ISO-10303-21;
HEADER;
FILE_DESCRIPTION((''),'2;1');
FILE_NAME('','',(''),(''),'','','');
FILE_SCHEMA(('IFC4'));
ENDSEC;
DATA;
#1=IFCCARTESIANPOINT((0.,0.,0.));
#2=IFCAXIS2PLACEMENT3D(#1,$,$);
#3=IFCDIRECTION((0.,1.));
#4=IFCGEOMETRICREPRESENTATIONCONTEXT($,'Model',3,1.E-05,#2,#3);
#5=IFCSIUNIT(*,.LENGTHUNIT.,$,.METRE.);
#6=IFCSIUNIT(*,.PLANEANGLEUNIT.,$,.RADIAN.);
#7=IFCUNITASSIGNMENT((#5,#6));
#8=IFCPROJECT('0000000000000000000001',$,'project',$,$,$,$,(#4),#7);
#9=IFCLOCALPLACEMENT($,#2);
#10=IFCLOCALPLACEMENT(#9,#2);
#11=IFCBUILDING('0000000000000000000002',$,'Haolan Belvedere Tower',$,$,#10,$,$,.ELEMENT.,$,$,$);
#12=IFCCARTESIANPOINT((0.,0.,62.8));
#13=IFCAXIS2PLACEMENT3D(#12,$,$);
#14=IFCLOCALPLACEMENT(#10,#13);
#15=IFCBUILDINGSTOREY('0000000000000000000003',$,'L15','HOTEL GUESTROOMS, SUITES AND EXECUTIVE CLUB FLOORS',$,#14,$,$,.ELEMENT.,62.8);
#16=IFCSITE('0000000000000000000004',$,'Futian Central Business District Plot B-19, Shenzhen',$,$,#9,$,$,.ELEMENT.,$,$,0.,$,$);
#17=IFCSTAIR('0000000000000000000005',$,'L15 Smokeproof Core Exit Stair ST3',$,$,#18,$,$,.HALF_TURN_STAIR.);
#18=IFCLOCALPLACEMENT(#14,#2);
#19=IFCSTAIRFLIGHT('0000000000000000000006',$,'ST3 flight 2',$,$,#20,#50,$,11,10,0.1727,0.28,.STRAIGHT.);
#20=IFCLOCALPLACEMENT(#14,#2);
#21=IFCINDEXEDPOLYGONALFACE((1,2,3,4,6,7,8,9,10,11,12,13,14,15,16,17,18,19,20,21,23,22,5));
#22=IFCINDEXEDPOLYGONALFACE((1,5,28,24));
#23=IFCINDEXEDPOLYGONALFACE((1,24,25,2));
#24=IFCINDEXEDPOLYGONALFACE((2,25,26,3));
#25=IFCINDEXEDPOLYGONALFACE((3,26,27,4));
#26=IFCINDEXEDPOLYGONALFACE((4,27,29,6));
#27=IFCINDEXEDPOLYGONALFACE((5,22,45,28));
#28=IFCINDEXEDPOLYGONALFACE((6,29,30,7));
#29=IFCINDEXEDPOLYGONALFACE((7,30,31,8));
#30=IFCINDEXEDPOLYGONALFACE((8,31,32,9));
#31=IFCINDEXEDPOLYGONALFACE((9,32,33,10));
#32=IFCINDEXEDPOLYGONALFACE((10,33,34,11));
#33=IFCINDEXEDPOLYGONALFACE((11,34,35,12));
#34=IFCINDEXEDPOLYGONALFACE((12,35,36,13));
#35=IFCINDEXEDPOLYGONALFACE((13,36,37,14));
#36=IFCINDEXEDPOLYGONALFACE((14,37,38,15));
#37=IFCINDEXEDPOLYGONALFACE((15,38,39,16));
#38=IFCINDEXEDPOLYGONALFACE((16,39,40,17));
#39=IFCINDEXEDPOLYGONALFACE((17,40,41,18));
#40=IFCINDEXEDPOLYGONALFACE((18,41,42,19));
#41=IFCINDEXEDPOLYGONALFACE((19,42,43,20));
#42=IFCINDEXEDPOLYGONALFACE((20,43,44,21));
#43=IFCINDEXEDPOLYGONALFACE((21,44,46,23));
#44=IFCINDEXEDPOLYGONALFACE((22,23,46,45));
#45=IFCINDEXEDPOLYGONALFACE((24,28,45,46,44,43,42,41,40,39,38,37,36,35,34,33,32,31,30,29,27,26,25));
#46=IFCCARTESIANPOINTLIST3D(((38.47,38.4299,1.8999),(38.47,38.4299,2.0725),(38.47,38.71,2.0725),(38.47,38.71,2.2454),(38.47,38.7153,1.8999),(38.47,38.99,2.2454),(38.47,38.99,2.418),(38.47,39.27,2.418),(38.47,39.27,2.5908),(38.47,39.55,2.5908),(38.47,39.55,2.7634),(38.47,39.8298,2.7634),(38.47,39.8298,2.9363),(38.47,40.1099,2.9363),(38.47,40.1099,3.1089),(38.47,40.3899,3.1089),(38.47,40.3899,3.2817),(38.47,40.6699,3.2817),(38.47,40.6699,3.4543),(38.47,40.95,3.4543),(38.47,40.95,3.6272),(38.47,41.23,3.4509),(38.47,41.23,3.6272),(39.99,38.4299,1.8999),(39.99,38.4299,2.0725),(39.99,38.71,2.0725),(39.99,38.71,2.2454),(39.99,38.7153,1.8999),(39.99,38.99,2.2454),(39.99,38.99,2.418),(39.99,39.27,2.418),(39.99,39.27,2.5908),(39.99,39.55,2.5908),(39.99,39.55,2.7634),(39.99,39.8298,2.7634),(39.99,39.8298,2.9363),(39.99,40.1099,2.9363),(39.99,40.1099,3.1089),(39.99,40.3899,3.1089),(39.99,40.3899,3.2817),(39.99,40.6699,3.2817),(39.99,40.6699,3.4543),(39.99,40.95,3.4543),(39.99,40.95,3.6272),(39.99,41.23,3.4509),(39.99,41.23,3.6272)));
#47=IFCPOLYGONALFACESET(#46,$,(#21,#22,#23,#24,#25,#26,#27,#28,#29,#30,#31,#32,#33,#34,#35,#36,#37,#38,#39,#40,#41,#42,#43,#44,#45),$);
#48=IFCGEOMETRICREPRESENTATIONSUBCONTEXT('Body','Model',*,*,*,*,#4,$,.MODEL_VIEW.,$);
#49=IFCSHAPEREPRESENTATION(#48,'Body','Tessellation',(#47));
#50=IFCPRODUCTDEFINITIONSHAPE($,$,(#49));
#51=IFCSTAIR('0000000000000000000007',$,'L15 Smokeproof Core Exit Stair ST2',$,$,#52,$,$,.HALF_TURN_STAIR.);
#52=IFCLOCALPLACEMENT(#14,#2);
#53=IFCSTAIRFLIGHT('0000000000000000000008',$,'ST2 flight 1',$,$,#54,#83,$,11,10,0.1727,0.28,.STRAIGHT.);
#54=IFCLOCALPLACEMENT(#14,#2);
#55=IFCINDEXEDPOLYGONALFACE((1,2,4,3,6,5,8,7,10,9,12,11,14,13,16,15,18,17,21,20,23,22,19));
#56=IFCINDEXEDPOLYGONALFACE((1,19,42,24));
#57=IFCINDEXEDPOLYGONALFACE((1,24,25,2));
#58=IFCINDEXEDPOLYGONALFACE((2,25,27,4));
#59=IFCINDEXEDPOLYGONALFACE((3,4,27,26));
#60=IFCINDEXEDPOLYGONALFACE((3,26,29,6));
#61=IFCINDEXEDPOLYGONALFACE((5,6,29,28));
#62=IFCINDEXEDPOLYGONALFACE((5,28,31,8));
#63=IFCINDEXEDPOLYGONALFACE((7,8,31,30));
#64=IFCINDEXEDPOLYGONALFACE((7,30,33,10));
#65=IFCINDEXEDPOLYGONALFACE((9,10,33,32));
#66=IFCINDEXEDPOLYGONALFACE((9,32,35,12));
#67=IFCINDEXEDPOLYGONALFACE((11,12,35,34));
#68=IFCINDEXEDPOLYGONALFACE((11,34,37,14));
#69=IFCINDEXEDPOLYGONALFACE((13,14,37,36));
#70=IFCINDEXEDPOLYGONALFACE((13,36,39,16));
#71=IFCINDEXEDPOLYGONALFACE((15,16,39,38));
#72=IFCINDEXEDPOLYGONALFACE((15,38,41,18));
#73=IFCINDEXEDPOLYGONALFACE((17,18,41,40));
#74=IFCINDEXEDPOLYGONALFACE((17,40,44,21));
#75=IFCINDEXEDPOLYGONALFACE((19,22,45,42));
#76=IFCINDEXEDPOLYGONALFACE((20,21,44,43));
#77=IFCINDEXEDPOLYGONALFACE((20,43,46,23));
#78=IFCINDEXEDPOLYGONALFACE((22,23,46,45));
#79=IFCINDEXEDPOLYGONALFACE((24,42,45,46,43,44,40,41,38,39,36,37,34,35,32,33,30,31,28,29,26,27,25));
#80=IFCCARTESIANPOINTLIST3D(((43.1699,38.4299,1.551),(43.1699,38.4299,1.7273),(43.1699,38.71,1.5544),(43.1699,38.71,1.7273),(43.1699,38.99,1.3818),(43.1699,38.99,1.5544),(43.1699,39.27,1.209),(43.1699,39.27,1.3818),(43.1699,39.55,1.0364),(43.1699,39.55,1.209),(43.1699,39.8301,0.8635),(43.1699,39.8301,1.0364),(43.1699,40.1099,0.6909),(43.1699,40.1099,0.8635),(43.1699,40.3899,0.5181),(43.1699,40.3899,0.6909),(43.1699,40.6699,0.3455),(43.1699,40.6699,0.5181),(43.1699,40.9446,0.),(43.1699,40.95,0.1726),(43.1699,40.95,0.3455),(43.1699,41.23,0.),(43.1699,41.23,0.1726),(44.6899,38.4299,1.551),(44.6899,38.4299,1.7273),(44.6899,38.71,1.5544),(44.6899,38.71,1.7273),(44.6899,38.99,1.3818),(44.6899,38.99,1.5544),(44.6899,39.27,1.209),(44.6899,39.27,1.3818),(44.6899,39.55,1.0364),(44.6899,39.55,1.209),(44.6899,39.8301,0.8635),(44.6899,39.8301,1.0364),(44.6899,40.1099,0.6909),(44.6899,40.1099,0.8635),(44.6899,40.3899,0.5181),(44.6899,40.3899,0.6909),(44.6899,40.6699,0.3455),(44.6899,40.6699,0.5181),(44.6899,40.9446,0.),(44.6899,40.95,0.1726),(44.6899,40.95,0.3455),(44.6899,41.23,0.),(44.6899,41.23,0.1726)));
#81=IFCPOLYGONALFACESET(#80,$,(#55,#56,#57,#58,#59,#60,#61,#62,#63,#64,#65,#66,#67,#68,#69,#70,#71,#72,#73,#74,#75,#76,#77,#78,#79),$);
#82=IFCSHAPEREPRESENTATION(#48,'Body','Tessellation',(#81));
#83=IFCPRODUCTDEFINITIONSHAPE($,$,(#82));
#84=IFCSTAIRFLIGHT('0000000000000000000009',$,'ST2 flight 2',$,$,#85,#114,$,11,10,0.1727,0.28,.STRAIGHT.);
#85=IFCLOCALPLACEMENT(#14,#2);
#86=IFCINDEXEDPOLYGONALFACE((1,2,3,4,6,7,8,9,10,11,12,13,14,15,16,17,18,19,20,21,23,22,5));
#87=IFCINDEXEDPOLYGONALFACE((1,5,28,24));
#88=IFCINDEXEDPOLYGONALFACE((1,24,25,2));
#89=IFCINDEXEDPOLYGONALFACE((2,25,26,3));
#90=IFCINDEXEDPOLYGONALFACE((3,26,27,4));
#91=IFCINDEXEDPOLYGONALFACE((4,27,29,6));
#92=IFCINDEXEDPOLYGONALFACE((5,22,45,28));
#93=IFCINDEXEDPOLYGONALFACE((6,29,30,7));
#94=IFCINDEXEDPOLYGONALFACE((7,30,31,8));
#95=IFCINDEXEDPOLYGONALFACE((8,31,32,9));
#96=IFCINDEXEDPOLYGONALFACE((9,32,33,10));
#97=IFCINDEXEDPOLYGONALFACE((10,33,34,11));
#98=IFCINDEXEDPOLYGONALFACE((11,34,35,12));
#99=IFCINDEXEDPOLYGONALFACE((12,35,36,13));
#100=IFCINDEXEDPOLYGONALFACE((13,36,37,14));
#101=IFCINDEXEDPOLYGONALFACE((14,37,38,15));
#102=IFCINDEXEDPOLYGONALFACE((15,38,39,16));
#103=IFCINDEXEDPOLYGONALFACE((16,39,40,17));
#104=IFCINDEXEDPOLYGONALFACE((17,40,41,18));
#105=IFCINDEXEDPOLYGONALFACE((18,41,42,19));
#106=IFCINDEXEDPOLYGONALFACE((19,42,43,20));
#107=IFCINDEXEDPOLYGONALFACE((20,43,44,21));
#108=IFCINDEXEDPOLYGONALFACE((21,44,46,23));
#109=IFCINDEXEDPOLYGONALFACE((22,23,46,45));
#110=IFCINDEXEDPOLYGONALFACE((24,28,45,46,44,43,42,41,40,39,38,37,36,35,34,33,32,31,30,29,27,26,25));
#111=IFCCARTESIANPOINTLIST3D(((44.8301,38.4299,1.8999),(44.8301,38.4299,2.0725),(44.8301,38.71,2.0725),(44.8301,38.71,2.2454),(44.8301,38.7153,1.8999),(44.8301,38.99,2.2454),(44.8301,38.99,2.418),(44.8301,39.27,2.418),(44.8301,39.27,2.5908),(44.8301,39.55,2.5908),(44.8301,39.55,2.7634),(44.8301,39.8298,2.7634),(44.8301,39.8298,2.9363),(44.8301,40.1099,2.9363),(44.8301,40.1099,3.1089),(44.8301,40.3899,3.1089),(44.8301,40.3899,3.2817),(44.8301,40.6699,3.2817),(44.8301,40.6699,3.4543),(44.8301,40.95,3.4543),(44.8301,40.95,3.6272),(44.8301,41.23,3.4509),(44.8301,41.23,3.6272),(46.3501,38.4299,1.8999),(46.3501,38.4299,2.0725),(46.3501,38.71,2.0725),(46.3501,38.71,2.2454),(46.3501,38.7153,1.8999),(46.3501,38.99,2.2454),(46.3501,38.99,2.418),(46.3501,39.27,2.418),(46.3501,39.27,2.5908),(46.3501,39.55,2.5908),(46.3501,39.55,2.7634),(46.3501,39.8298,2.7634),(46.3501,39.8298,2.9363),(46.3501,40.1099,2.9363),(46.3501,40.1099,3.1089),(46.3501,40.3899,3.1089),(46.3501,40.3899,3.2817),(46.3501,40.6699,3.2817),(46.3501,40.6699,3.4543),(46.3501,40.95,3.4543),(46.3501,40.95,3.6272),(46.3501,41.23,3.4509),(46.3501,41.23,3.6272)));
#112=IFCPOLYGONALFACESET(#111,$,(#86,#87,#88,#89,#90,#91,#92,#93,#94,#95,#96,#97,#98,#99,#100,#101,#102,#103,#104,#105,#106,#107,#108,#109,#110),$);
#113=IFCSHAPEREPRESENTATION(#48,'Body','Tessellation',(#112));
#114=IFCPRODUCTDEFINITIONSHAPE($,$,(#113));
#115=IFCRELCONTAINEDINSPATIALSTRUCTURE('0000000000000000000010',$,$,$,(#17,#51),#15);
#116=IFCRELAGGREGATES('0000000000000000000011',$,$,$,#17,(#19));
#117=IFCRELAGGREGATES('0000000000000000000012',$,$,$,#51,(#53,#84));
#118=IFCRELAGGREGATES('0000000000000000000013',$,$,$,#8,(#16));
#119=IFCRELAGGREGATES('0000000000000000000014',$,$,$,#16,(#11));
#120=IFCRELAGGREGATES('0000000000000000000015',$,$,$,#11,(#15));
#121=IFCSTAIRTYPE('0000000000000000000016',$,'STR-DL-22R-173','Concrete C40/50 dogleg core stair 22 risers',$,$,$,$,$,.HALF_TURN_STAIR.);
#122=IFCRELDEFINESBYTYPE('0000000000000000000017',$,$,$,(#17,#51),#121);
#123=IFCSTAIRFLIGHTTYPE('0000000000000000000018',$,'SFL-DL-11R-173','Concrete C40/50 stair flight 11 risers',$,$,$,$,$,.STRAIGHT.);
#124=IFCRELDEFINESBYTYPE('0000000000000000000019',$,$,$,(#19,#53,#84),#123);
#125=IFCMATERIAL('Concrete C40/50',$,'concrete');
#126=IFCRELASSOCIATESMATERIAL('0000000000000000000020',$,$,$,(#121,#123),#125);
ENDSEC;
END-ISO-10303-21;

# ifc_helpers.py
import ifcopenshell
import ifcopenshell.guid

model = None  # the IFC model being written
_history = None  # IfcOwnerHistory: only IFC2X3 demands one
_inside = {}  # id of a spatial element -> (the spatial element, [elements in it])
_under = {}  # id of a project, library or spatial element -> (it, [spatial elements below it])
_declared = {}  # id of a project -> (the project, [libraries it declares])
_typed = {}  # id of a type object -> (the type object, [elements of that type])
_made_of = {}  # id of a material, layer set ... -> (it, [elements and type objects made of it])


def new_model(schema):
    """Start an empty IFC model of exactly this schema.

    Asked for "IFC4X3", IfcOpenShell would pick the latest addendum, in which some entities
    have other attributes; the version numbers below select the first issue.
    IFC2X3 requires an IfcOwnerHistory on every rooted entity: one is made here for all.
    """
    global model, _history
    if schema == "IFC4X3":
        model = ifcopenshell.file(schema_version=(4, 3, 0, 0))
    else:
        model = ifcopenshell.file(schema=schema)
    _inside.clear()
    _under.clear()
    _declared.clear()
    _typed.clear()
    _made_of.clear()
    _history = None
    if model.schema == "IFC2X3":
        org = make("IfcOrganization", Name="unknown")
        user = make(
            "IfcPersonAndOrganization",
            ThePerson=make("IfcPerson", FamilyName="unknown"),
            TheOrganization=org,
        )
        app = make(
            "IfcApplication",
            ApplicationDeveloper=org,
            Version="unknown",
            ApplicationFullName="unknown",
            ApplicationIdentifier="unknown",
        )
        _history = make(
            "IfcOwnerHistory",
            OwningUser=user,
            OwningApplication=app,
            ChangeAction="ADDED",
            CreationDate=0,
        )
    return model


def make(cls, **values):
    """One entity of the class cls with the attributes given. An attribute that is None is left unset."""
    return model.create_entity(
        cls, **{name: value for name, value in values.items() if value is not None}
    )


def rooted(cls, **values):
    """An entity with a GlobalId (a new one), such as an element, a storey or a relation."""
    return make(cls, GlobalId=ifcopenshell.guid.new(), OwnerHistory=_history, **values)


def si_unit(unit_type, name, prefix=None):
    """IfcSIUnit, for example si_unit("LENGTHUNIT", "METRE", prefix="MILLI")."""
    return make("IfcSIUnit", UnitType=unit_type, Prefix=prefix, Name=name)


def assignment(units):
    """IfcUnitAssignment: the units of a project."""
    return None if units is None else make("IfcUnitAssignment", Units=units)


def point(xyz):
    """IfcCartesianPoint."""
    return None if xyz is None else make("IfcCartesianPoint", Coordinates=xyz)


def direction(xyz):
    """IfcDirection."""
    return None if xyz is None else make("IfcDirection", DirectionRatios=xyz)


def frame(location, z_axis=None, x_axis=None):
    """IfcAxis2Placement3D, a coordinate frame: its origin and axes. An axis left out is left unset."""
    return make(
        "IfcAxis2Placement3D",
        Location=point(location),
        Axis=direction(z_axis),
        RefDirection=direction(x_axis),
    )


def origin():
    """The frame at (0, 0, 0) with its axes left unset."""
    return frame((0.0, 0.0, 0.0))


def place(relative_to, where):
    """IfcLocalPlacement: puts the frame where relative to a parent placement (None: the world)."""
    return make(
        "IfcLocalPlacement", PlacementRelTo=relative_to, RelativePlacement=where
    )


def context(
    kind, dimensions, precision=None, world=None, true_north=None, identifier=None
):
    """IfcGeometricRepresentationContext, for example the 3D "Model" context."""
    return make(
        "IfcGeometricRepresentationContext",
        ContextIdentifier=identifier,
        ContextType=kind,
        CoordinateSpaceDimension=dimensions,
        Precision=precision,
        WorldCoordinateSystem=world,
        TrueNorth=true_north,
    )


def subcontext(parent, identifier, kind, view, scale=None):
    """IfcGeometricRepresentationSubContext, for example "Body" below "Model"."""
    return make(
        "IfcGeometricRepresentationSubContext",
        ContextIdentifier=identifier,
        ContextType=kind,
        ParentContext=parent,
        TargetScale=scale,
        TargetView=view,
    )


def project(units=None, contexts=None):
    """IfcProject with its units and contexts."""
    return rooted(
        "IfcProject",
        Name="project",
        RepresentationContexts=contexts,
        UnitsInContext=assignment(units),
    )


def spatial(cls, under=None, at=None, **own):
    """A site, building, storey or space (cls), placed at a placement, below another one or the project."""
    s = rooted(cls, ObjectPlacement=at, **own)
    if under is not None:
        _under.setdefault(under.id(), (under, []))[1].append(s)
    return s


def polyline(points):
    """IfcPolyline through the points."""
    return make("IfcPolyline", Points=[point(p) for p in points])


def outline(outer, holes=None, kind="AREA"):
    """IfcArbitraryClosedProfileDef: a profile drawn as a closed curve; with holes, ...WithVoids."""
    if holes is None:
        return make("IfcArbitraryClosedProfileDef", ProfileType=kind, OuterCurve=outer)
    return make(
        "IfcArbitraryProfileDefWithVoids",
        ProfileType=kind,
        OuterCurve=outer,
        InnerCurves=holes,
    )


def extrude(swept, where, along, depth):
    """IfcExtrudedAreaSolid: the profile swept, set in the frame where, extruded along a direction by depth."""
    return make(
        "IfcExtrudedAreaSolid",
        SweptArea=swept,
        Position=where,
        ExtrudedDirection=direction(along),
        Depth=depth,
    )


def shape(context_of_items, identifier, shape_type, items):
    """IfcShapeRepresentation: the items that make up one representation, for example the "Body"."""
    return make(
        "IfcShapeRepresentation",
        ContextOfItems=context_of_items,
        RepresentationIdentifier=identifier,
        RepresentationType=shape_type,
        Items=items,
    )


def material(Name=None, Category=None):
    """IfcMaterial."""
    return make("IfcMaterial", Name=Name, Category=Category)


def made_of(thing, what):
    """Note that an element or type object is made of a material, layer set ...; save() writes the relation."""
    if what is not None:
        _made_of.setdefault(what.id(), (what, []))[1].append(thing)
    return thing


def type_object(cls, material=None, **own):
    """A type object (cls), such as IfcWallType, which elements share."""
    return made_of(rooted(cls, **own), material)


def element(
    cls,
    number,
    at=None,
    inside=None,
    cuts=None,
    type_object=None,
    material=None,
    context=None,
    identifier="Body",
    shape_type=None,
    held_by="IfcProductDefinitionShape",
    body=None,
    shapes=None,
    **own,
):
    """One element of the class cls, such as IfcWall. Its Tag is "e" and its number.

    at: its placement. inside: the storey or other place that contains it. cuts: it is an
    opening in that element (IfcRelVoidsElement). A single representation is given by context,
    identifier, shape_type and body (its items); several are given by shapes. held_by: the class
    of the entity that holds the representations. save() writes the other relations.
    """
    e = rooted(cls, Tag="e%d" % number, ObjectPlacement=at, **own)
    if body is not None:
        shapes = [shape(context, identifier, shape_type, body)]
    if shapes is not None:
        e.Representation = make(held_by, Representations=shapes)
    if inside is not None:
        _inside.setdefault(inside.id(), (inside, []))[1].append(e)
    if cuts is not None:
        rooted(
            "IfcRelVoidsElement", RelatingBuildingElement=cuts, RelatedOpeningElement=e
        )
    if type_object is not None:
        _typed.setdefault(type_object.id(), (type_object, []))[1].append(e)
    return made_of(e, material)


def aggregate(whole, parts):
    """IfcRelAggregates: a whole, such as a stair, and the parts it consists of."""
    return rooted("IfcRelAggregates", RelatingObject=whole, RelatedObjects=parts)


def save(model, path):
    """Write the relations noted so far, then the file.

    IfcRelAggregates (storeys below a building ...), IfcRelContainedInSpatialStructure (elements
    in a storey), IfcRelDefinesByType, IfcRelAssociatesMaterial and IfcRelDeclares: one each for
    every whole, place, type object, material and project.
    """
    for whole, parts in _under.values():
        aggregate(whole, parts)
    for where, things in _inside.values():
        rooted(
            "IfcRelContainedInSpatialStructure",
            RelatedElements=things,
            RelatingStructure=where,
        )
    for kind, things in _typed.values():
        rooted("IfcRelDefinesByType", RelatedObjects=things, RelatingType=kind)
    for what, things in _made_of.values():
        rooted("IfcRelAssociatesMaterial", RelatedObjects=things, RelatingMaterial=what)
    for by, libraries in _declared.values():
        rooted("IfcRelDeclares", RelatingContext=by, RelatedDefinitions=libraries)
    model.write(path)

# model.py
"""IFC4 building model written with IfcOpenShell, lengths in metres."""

from ifc_helpers import new_model, si_unit, direction, frame, origin, place, context, subcontext, project, spatial, polyline, outline, extrude, material, type_object, element, aggregate, save


model = new_model("IFC4")

# Units and contexts
model_context = context("Model", 3, precision=1e-05, world=origin(), true_north=direction((0.0, 1.0)))
body_context = subcontext(model_context, "Body", "Model", "MODEL_VIEW")
ifc_project = project(units=[si_unit("LENGTHUNIT", "METRE"), si_unit("PLANEANGLEUNIT", "RADIAN")], contexts=[model_context])

# Site, building, storey
site_placement = place(None, origin())
site = spatial("IfcSite", under=ifc_project, at=site_placement, Name="Futian Central Business District Plot B-19, Shenzhen", CompositionType="ELEMENT", RefElevation=0.0)
building_placement = place(site_placement, origin())
building = spatial("IfcBuilding", under=site, at=building_placement, Name="Haolan Belvedere Tower", CompositionType="ELEMENT")
storey_placement = place(building_placement, frame((0.0, 0.0, 62.8)))
storey = spatial("IfcBuildingStorey", under=building, at=storey_placement, Name="L15", Description="HOTEL GUESTROOMS, SUITES AND EXECUTIVE CLUB FLOORS", CompositionType="ELEMENT", Elevation=62.8)

# Stair, stair flight
ifc_material_1 = material(Name="Concrete C40/50", Category="concrete")
stair_type = type_object("IfcStairType", Name="STR-DL-22R-173", Description="Concrete C40/50 dogleg core stair 22 risers", PredefinedType="HALF_TURN_STAIR", material=ifc_material_1)
stair_1_placement = place(storey_placement, origin())
stair_1 = element("IfcStair", 1, at=stair_1_placement, inside=storey, type_object=stair_type, Name="L15 Smokeproof Core Exit Stair ST3", PredefinedType="HALF_TURN_STAIR")
stair_flight_type = type_object("IfcStairFlightType", Name="SFL-DL-11R-173", Description="Concrete C40/50 stair flight 11 risers", PredefinedType="STRAIGHT", material=ifc_material_1)
stair_flight_1_placement = place(storey_placement, frame((39.23, 38.4299, 1.8999), z_axis=(0.0, 0.0, 1.0), x_axis=(0.0, 1.0, 0.0)))
stair_flight_1 = element("IfcStairFlight", 2, at=stair_flight_1_placement, type_object=stair_flight_type, Name="ST3 flight 2", NumberOfRisers=11, NumberOfTreads=10, PredefinedType="STRAIGHT", RiserHeight=0.1727, TreadLength=0.28, context=body_context, shape_type="SweptSolid", body=[
    extrude(outline(polyline([(0.0, 0.0), (0.0, 0.1726), (0.28, 0.1726), (0.28, 0.3455), (0.5601, 0.3455), (0.5601, 0.5181), (0.8401, 0.5181), (0.8401, 0.6909), (1.1201, 0.6909), (1.1201, 0.8635), (1.3999, 0.8635), (1.3999, 1.0364), (1.6799, 1.0364), (1.6799, 1.209), (1.96, 1.209), (1.96, 1.3818), (2.24, 1.3818), (2.24, 1.5544), (2.52, 1.5544), (2.52, 1.7273), (2.8, 1.7273), (2.8, 1.8999), (2.8, 1.551), (0.2854, 0.0), (0.0, 0.0)])), frame((0.0, 0.76, 0.0), z_axis=(0.0, -1.0, 0.0), x_axis=(1.0, 0.0, 0.0)), (0.0, 0.0, 1.0), 1.52),
])
aggregate(stair_1, [stair_flight_1])

# Stair, stair flights
stair_2_placement = place(storey_placement, origin())
stair_2 = element("IfcStair", 3, at=stair_2_placement, inside=storey, type_object=stair_type, Name="L15 Smokeproof Core Exit Stair ST2", PredefinedType="HALF_TURN_STAIR")
stair_flight_2_placement = place(storey_placement, frame((43.9299, 41.23, 0.0), z_axis=(0.0, 0.0, 1.0), x_axis=(0.0, -1.0, 0.0)))
stair_flight_2 = element("IfcStairFlight", 4, at=stair_flight_2_placement, type_object=stair_flight_type, Name="ST2 flight 1", NumberOfRisers=11, NumberOfTreads=10, PredefinedType="STRAIGHT", RiserHeight=0.1727, TreadLength=0.28, context=body_context, shape_type="SweptSolid", body=[
    extrude(outline(polyline([(0.0, 0.0), (0.0, 0.1726), (0.28, 0.1726), (0.28, 0.3455), (0.5601, 0.3455), (0.5601, 0.5181), (0.8401, 0.5181), (0.8401, 0.6909), (1.1201, 0.6909), (1.1201, 0.8635), (1.3999, 0.8635), (1.3999, 1.0364), (1.6799, 1.0364), (1.6799, 1.209), (1.96, 1.209), (1.96, 1.3818), (2.24, 1.3818), (2.24, 1.5544), (2.52, 1.5544), (2.52, 1.7273), (2.8, 1.7273), (2.8, 1.8999), (2.8, 1.551), (0.2854, 0.0), (0.0, 0.0)])), frame((0.0, 0.76, 0.0), z_axis=(0.0, -1.0, 0.0), x_axis=(1.0, 0.0, 0.0)), (0.0, 0.0, 1.0), 1.52),
])
stair_flight_3_placement = place(storey_placement, frame((45.5901, 38.4299, 1.8999), z_axis=(0.0, 0.0, 1.0), x_axis=(0.0, 1.0, 0.0)))
stair_flight_3 = element("IfcStairFlight", 5, at=stair_flight_3_placement, type_object=stair_flight_type, Name="ST2 flight 2", NumberOfRisers=11, NumberOfTreads=10, PredefinedType="STRAIGHT", RiserHeight=0.1727, TreadLength=0.28, context=body_context, shape_type="SweptSolid", body=[
    extrude(outline(polyline([(0.0, 0.0), (0.0, 0.1726), (0.28, 0.1726), (0.28, 0.3455), (0.5601, 0.3455), (0.5601, 0.5181), (0.8401, 0.5181), (0.8401, 0.6909), (1.1201, 0.6909), (1.1201, 0.8635), (1.3999, 0.8635), (1.3999, 1.0364), (1.6799, 1.0364), (1.6799, 1.209), (1.96, 1.209), (1.96, 1.3818), (2.24, 1.3818), (2.24, 1.5544), (2.52, 1.5544), (2.52, 1.7273), (2.8, 1.7273), (2.8, 1.8999), (2.8, 1.551), (0.2854, 0.0), (0.0, 0.0)])), frame((0.0, 0.76, 0.0), z_axis=(0.0, -1.0, 0.0), x_axis=(1.0, 0.0, 0.0)), (0.0, 0.0, 1.0), 1.52),
])
aggregate(stair_2, [stair_flight_2, stair_flight_3])

save(model, "model.ifc")
